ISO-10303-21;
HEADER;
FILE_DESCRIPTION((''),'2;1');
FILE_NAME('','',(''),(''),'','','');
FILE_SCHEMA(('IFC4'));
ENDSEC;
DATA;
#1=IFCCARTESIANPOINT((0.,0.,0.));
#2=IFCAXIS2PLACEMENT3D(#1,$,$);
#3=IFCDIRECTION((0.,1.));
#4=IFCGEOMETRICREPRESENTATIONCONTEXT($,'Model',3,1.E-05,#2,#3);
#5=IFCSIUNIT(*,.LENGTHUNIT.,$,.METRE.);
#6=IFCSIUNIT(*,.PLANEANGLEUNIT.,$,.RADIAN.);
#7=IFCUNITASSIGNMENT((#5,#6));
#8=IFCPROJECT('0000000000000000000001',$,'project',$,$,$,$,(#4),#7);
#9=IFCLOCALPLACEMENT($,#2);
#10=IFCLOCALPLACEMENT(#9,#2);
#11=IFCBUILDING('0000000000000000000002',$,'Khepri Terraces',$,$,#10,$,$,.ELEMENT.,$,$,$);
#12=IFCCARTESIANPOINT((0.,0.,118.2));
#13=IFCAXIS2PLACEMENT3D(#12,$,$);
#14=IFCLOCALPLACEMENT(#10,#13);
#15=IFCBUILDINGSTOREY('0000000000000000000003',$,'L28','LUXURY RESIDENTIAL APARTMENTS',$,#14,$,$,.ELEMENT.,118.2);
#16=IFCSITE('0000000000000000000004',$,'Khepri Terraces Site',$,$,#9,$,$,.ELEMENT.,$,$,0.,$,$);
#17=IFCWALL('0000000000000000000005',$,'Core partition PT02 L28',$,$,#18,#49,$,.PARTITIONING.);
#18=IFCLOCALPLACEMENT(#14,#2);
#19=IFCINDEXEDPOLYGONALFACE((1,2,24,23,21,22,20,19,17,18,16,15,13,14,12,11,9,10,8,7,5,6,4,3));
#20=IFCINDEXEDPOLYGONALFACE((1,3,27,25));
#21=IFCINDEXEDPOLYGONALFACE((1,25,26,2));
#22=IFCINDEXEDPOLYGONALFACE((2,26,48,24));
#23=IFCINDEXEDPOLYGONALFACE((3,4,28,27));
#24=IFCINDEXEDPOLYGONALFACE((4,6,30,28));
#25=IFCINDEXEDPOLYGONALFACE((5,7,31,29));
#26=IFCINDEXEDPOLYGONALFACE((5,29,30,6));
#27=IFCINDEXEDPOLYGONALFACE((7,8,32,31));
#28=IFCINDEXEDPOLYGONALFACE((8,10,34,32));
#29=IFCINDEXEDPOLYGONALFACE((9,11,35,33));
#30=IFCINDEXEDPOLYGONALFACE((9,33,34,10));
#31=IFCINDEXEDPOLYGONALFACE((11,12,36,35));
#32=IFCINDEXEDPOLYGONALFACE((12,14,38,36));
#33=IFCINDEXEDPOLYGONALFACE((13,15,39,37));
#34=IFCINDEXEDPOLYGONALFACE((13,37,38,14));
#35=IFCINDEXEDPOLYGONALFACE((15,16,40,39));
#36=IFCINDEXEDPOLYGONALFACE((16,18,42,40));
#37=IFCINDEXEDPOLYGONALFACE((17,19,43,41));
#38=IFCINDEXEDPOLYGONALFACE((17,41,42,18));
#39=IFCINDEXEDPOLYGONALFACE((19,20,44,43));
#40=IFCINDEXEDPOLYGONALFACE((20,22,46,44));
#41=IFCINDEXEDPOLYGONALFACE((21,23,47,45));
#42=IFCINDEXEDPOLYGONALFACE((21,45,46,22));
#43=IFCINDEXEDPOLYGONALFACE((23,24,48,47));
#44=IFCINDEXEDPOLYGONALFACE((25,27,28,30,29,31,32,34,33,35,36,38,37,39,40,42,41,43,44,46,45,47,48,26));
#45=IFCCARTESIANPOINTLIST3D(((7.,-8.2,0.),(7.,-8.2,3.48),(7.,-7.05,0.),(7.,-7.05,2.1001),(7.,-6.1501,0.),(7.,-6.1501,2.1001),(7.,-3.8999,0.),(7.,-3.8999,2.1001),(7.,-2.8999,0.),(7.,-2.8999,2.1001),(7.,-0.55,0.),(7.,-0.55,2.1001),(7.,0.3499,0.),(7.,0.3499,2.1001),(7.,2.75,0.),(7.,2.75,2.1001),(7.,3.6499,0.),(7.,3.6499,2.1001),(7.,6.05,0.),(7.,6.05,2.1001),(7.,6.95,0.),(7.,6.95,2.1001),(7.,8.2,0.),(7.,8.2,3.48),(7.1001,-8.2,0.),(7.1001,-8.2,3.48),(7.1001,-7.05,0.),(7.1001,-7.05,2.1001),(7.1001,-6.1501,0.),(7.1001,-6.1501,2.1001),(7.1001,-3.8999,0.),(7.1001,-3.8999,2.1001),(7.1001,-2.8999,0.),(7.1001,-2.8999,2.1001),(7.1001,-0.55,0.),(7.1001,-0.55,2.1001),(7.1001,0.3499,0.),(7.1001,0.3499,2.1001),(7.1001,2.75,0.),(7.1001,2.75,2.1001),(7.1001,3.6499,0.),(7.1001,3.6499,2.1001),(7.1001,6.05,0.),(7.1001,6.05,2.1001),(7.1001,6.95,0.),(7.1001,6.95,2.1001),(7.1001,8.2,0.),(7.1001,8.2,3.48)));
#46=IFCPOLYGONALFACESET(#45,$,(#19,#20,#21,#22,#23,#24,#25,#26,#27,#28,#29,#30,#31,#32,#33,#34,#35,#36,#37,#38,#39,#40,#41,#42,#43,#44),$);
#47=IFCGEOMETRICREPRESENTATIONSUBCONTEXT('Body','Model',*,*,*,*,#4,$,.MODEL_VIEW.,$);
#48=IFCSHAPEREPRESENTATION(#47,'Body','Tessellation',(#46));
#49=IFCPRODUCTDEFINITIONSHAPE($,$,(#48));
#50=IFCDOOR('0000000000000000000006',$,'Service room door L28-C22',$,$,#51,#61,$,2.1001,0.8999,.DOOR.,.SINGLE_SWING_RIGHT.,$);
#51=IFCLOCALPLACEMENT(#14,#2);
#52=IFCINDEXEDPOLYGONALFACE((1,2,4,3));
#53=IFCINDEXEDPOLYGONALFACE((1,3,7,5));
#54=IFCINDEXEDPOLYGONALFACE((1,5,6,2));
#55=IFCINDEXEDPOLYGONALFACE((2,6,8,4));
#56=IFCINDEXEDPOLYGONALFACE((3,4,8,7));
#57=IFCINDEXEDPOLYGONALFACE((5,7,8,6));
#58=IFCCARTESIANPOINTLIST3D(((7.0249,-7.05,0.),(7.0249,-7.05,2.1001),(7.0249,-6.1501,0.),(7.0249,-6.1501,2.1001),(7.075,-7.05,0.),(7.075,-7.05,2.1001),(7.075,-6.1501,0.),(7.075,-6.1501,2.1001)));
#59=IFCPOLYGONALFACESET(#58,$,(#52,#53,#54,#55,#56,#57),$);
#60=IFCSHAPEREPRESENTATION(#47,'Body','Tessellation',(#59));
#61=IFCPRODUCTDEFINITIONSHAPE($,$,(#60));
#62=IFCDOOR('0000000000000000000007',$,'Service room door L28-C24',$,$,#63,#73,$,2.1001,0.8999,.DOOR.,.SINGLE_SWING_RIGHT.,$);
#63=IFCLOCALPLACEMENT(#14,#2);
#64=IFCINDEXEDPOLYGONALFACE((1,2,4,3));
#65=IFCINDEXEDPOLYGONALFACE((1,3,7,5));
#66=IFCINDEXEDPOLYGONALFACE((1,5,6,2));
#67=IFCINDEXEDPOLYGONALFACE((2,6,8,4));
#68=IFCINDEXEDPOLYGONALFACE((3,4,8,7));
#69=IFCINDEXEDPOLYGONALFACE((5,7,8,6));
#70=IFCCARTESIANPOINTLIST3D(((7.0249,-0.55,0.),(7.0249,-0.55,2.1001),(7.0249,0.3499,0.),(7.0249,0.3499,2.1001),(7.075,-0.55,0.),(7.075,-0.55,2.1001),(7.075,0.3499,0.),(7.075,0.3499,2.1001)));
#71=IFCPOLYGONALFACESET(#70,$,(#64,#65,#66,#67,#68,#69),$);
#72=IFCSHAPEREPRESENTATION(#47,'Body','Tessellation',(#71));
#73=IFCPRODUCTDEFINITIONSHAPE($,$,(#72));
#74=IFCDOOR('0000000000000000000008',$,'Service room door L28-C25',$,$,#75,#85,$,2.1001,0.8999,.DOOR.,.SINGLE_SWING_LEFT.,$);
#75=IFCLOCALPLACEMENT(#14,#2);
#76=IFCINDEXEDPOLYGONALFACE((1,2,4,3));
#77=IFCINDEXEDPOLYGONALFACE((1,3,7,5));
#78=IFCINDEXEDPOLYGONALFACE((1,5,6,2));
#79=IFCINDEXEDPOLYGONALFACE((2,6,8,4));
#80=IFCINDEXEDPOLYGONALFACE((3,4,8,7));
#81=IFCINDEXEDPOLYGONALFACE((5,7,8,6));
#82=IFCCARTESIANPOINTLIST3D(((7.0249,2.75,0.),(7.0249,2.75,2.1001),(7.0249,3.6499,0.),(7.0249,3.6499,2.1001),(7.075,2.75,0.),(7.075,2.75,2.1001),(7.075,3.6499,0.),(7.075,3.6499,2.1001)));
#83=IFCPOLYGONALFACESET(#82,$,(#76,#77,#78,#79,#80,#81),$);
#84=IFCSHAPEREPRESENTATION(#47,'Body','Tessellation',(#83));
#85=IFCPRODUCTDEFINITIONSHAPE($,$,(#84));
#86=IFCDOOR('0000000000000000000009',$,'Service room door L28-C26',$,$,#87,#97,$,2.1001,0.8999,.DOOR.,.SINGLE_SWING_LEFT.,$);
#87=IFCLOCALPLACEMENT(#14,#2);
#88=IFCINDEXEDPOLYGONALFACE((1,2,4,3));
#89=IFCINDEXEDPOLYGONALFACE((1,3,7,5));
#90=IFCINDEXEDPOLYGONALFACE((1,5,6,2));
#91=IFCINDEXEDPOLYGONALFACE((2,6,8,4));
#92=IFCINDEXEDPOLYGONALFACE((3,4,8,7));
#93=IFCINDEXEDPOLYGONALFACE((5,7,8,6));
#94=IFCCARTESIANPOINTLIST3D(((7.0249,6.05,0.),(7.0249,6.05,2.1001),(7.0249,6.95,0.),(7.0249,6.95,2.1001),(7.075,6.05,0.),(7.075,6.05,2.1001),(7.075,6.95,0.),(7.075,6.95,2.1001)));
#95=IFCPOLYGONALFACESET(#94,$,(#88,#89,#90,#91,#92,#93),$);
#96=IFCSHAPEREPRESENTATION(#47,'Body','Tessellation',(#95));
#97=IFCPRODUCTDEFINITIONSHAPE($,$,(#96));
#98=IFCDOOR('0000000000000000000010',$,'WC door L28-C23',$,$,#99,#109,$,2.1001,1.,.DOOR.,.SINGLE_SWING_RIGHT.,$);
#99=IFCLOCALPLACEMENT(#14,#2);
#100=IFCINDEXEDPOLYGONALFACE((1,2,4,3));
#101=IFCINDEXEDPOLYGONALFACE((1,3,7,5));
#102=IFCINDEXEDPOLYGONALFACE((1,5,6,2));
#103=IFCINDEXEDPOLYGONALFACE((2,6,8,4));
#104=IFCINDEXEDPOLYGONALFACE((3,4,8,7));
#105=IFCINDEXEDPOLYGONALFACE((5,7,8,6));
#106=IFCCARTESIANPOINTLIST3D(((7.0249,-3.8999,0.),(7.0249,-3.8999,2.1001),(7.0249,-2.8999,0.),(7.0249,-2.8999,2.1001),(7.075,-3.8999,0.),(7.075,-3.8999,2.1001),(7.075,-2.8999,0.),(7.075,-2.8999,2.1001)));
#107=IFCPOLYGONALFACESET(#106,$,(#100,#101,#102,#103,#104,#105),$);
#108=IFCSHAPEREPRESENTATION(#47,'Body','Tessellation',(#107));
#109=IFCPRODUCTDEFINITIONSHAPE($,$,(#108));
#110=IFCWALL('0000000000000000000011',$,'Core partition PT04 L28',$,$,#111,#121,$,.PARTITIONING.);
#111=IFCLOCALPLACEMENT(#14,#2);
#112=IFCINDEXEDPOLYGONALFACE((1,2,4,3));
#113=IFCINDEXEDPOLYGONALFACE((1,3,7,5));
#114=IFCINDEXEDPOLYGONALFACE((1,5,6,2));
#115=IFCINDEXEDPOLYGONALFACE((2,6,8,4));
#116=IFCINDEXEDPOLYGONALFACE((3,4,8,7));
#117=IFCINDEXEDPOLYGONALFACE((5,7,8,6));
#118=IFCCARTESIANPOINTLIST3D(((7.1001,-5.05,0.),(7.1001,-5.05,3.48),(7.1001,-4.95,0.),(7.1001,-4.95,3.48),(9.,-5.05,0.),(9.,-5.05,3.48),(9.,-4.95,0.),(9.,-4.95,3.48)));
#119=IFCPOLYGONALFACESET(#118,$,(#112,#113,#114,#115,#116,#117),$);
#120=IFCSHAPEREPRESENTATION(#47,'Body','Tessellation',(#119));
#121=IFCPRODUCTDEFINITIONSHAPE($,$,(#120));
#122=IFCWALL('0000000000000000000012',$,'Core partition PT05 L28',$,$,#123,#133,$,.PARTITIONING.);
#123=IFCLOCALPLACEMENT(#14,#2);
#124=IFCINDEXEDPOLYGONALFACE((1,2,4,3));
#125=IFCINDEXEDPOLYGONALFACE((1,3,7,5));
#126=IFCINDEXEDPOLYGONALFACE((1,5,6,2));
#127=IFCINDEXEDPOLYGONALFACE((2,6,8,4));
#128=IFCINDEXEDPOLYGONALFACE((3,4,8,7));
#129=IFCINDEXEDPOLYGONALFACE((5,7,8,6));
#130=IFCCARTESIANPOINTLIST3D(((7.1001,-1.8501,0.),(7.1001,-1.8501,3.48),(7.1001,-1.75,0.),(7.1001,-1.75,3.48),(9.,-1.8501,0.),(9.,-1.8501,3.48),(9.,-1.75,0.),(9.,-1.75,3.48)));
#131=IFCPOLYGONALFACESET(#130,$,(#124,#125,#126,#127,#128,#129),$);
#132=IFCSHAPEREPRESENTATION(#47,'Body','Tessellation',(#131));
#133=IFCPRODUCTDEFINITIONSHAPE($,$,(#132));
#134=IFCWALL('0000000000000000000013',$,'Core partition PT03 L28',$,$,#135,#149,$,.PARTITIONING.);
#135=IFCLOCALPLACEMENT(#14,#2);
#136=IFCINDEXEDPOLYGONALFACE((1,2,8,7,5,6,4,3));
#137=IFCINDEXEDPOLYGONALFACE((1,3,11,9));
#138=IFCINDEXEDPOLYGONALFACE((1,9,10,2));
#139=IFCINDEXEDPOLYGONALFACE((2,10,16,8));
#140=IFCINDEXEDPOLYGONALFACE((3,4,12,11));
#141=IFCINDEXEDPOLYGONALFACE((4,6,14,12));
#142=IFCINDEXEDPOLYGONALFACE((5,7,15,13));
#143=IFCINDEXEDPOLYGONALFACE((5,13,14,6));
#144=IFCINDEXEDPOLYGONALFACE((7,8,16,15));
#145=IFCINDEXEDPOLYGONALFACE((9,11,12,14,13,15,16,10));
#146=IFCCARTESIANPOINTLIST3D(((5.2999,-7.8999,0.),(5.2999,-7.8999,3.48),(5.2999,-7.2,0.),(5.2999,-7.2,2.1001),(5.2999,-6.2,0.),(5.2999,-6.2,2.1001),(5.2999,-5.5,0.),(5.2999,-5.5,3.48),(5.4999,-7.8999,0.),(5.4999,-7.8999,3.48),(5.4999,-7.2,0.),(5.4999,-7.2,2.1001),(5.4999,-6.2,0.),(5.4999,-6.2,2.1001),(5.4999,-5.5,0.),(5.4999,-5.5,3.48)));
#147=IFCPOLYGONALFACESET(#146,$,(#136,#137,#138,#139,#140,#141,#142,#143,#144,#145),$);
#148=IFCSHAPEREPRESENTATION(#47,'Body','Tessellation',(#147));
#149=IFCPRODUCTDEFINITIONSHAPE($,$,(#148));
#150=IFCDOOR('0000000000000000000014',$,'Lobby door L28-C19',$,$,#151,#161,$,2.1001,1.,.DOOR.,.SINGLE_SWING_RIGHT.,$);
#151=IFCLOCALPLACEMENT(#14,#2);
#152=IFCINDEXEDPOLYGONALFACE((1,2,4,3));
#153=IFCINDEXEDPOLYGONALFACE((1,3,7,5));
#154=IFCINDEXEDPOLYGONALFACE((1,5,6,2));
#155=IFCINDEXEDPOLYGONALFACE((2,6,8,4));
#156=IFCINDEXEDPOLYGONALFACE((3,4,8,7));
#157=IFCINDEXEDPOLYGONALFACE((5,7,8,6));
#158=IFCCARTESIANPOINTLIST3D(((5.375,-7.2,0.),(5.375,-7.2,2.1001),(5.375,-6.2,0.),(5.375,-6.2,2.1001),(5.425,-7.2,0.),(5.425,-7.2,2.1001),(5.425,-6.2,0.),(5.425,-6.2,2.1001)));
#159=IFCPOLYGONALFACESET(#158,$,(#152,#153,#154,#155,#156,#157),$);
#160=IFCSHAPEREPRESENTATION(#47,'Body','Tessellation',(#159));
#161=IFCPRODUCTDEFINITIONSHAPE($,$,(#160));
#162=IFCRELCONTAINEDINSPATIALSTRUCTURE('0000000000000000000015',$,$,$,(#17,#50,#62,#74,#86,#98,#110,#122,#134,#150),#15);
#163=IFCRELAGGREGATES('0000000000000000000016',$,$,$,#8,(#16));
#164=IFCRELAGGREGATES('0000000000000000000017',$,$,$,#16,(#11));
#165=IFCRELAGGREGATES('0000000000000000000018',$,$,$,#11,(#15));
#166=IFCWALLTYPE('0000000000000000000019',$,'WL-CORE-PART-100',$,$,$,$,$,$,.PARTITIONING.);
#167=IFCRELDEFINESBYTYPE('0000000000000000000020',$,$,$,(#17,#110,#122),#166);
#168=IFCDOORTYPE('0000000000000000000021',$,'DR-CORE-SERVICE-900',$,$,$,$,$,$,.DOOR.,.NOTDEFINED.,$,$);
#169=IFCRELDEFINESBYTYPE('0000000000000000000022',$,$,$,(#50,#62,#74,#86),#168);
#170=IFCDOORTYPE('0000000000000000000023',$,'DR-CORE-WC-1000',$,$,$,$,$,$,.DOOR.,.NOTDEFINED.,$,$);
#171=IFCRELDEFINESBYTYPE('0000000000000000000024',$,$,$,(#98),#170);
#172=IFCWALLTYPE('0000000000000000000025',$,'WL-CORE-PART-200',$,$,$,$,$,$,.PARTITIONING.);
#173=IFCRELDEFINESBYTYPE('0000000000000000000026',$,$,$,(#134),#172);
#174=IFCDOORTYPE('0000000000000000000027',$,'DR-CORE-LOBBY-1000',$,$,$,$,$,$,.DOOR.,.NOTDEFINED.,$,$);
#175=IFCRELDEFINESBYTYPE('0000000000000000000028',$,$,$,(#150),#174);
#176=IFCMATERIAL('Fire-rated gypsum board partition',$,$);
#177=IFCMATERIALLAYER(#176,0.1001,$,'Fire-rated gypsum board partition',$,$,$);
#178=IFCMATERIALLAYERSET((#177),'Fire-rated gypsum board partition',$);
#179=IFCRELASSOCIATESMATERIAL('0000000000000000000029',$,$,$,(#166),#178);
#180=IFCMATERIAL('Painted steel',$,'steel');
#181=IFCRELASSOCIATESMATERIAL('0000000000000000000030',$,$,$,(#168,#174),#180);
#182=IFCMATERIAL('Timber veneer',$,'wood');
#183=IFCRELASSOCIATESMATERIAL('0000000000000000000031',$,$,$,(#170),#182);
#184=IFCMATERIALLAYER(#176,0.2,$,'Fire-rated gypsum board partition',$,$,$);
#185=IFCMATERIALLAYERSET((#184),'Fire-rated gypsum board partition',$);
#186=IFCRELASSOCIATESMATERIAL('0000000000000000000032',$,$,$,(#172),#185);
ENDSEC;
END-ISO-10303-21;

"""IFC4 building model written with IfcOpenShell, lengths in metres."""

from ifc_helpers import new_model, si_unit, direction, frame, frame_2d, origin, place, context, subcontext, project, spatial, rectangle, extrude, material, layer, layer_set, type_object, element, fill, save


model = new_model("IFC4")

# Units and contexts
model_context = context("Model", 3, precision=1e-05, world=origin(), true_north=direction((0.0, 1.0)))
body_context = subcontext(model_context, "Body", "Model", "MODEL_VIEW")
ifc_project = project(units=[si_unit("LENGTHUNIT", "METRE"), si_unit("PLANEANGLEUNIT", "RADIAN")], contexts=[model_context])

# Site, building, storey
site_placement = place(None, origin())
site = spatial("IfcSite", under=ifc_project, at=site_placement, Name="Khepri Terraces Site", CompositionType="ELEMENT", RefElevation=0.0)
building_placement = place(site_placement, origin())
building = spatial("IfcBuilding", under=site, at=building_placement, Name="Khepri Terraces", CompositionType="ELEMENT")
storey_placement = place(building_placement, frame((0.0, 0.0, 118.2)))
storey = spatial("IfcBuildingStorey", under=building, at=storey_placement, Name="L28", Description="LUXURY RESIDENTIAL APARTMENTS", CompositionType="ELEMENT", Elevation=118.2)

# Shared definitions
ifc_material_1 = material(Name="Painted steel", Category="steel")

# Wall, openings, doors
ifc_material_2 = material(Name="Fire-rated gypsum board partition")
ifc_layer_1 = layer(ifc_material_2, 0.1001, Name="Fire-rated gypsum board partition")
ifc_layer_set_1 = layer_set([ifc_layer_1], Name="Fire-rated gypsum board partition")
wall_type_1 = type_object("IfcWallType", Name="WL-CORE-PART-100", PredefinedType="PARTITIONING", material=ifc_layer_set_1)
wall_1_placement = place(storey_placement, frame((7.05, -8.2, 0.0), z_axis=(0.0, 0.0, 1.0), x_axis=(0.0, 1.0, 0.0)))
wall_1 = element("IfcWall", 1, at=wall_1_placement, inside=storey, type_object=wall_type_1, Name="Core partition PT02 L28", PredefinedType="PARTITIONING", context=body_context, shape_type="SweptSolid", body=[
    extrude(rectangle(XDim=16.3999, YDim=0.1001, at=frame_2d((8.2, 0.0))), origin(), (0.0, 0.0, 1.0), 3.48),
])
opening_1_placement = place(wall_1_placement, frame((1.1499, 0.0, 0.0)))
opening_1 = element("IfcOpeningElement", 2, at=opening_1_placement, cuts=wall_1, PredefinedType="OPENING", context=body_context, shape_type="SweptSolid", body=[
    extrude(rectangle(XDim=0.8999, YDim=2.1001, at=frame_2d((0.45, 1.05))), frame((0.0, 0.0601, 0.0), z_axis=(0.0, -1.0, 0.0), x_axis=(1.0, 0.0, 0.0)), (0.0, 0.0, 1.0), 0.1201),
])
opening_2_placement = place(wall_1_placement, frame((4.3, 0.0, 0.0)))
opening_2 = element("IfcOpeningElement", 3, at=opening_2_placement, cuts=wall_1, PredefinedType="OPENING", context=body_context, shape_type="SweptSolid", body=[
    extrude(rectangle(XDim=1.0, YDim=2.1001, at=frame_2d((0.5, 1.05))), frame((0.0, 0.0601, 0.0), z_axis=(0.0, -1.0, 0.0), x_axis=(1.0, 0.0, 0.0)), (0.0, 0.0, 1.0), 0.1201),
])
opening_3_placement = place(wall_1_placement, frame((7.6499, 0.0, 0.0)))
opening_3 = element("IfcOpeningElement", 4, at=opening_3_placement, cuts=wall_1, PredefinedType="OPENING", context=body_context, shape_type="SweptSolid", body=[
    extrude(rectangle(XDim=0.8999, YDim=2.1001, at=frame_2d((0.45, 1.05))), frame((0.0, 0.0601, 0.0), z_axis=(0.0, -1.0, 0.0), x_axis=(1.0, 0.0, 0.0)), (0.0, 0.0, 1.0), 0.1201),
])
opening_4_placement = place(wall_1_placement, frame((10.95, 0.0, 0.0)))
opening_4 = element("IfcOpeningElement", 5, at=opening_4_placement, cuts=wall_1, PredefinedType="OPENING", context=body_context, shape_type="SweptSolid", body=[
    extrude(rectangle(XDim=0.8999, YDim=2.1001, at=frame_2d((0.45, 1.05))), frame((0.0, 0.0601, 0.0), z_axis=(0.0, -1.0, 0.0), x_axis=(1.0, 0.0, 0.0)), (0.0, 0.0, 1.0), 0.1201),
])
opening_5_placement = place(wall_1_placement, frame((14.25, 0.0, 0.0)))
opening_5 = element("IfcOpeningElement", 6, at=opening_5_placement, cuts=wall_1, PredefinedType="OPENING", context=body_context, shape_type="SweptSolid", body=[
    extrude(rectangle(XDim=0.8999, YDim=2.1001, at=frame_2d((0.45, 1.05))), frame((0.0, 0.0601, 0.0), z_axis=(0.0, -1.0, 0.0), x_axis=(1.0, 0.0, 0.0)), (0.0, 0.0, 1.0), 0.1201),
])
door_type_1 = type_object("IfcDoorType", Name="DR-CORE-SERVICE-900", OperationType="NOTDEFINED", PredefinedType="DOOR", material=ifc_material_1)
door_1_placement = place(opening_1_placement, frame((0.8999, 0.0, 0.0), z_axis=(0.0, 0.0, 1.0), x_axis=(-1.0, 0.0, 0.0)))
door_1 = element("IfcDoor", 7, at=door_1_placement, inside=storey, type_object=door_type_1, Name="Service room door L28-C22", OperationType="SINGLE_SWING_RIGHT", OverallHeight=2.1001, OverallWidth=0.8999, PredefinedType="DOOR", context=body_context, shape_type="SweptSolid", body=[
    extrude(rectangle(XDim=0.8999, YDim=2.1001, at=frame_2d((0.45, 1.05))), frame((0.0, 0.0249, 0.0), z_axis=(0.0, -1.0, 0.0), x_axis=(1.0, 0.0, 0.0)), (0.0, 0.0, 1.0), 0.05),
])
fill(opening_1, door_1)
door_2_placement = place(opening_3_placement, frame((0.8999, 0.0, 0.0), z_axis=(0.0, 0.0, 1.0), x_axis=(-1.0, 0.0, 0.0)))
door_2 = element("IfcDoor", 8, at=door_2_placement, inside=storey, type_object=door_type_1, Name="Service room door L28-C24", OperationType="SINGLE_SWING_RIGHT", OverallHeight=2.1001, OverallWidth=0.8999, PredefinedType="DOOR", context=body_context, shape_type="SweptSolid", body=[
    extrude(rectangle(XDim=0.8999, YDim=2.1001, at=frame_2d((0.45, 1.05))), frame((0.0, 0.0249, 0.0), z_axis=(0.0, -1.0, 0.0), x_axis=(1.0, 0.0, 0.0)), (0.0, 0.0, 1.0), 0.05),
])
fill(opening_3, door_2)
door_3_placement = place(opening_4_placement, frame((0.8999, 0.0, 0.0), z_axis=(0.0, 0.0, 1.0), x_axis=(-1.0, 0.0, 0.0)))
door_3 = element("IfcDoor", 9, at=door_3_placement, inside=storey, type_object=door_type_1, Name="Service room door L28-C25", OperationType="SINGLE_SWING_LEFT", OverallHeight=2.1001, OverallWidth=0.8999, PredefinedType="DOOR", context=body_context, shape_type="SweptSolid", body=[
    extrude(rectangle(XDim=0.8999, YDim=2.1001, at=frame_2d((0.45, 1.05))), frame((0.0, 0.0249, 0.0), z_axis=(0.0, -1.0, 0.0), x_axis=(1.0, 0.0, 0.0)), (0.0, 0.0, 1.0), 0.05),
])
fill(opening_4, door_3)
door_4_placement = place(opening_5_placement, frame((0.8999, 0.0, 0.0), z_axis=(0.0, 0.0, 1.0), x_axis=(-1.0, 0.0, 0.0)))
door_4 = element("IfcDoor", 10, at=door_4_placement, inside=storey, type_object=door_type_1, Name="Service room door L28-C26", OperationType="SINGLE_SWING_LEFT", OverallHeight=2.1001, OverallWidth=0.8999, PredefinedType="DOOR", context=body_context, shape_type="SweptSolid", body=[
    extrude(rectangle(XDim=0.8999, YDim=2.1001, at=frame_2d((0.45, 1.05))), frame((0.0, 0.0249, 0.0), z_axis=(0.0, -1.0, 0.0), x_axis=(1.0, 0.0, 0.0)), (0.0, 0.0, 1.0), 0.05),
])
fill(opening_5, door_4)
ifc_material_3 = material(Name="Timber veneer", Category="wood")
door_type_2 = type_object("IfcDoorType", Name="DR-CORE-WC-1000", OperationType="NOTDEFINED", PredefinedType="DOOR", material=ifc_material_3)
door_5_placement = place(opening_2_placement, frame((1.0, 0.0, 0.0), z_axis=(0.0, 0.0, 1.0), x_axis=(-1.0, 0.0, 0.0)))
door_5 = element("IfcDoor", 11, at=door_5_placement, inside=storey, type_object=door_type_2, Name="WC door L28-C23", OperationType="SINGLE_SWING_RIGHT", OverallHeight=2.1001, OverallWidth=1.0, PredefinedType="DOOR", context=body_context, shape_type="SweptSolid", body=[
    extrude(rectangle(XDim=1.0, YDim=2.1001, at=frame_2d((0.5, 1.05))), frame((0.0, 0.0249, 0.0), z_axis=(0.0, -1.0, 0.0), x_axis=(1.0, 0.0, 0.0)), (0.0, 0.0, 1.0), 0.05),
])
fill(opening_2, door_5)

# Walls
for number, where, z_axis, x_axis, name in (
    (12, (7.1001, -5.0, 0.0), (0.0, 0.0, 1.0), (1.0, 0.0, 0.0), "Core partition PT04 L28"),
    (13, (7.1001, -1.8, 0.0), (0.0, 0.0, 1.0), (1.0, 0.0, 0.0), "Core partition PT05 L28"),
):
    element("IfcWall", number, at=place(storey_placement, frame(where, z_axis=z_axis, x_axis=x_axis)), inside=storey, type_object=wall_type_1, Name=name, PredefinedType="PARTITIONING", context=body_context, shape_type="SweptSolid", body=[
        extrude(rectangle(XDim=1.8999, YDim=0.1001, at=frame_2d((0.95, 0.0))), origin(), (0.0, 0.0, 1.0), 3.48),
    ])

# Wall, opening, door
ifc_layer_2 = layer(ifc_material_2, 0.2, Name="Fire-rated gypsum board partition")
ifc_layer_set_2 = layer_set([ifc_layer_2], Name="Fire-rated gypsum board partition")
wall_type_2 = type_object("IfcWallType", Name="WL-CORE-PART-200", PredefinedType="PARTITIONING", material=ifc_layer_set_2)
wall_2_placement = place(storey_placement, frame((5.3999, -7.8999, 0.0), z_axis=(0.0, 0.0, 1.0), x_axis=(0.0, 1.0, 0.0)))
wall_2 = element("IfcWall", 14, at=wall_2_placement, inside=storey, type_object=wall_type_2, Name="Core partition PT03 L28", PredefinedType="PARTITIONING", context=body_context, shape_type="SweptSolid", body=[
    extrude(rectangle(XDim=2.3999, YDim=0.2, at=frame_2d((1.2, 0.0))), origin(), (0.0, 0.0, 1.0), 3.48),
])
opening_6_placement = place(wall_2_placement, frame((0.7, 0.0, 0.0)))
opening_6 = element("IfcOpeningElement", 15, at=opening_6_placement, cuts=wall_2, PredefinedType="OPENING", context=body_context, shape_type="SweptSolid", body=[
    extrude(rectangle(XDim=1.0, YDim=2.1001, at=frame_2d((0.5, 1.05))), frame((0.0, 0.1099, 0.0), z_axis=(0.0, -1.0, 0.0), x_axis=(1.0, 0.0, 0.0)), (0.0, 0.0, 1.0), 0.22),
])
door_type_3 = type_object("IfcDoorType", Name="DR-CORE-LOBBY-1000", OperationType="NOTDEFINED", PredefinedType="DOOR", material=ifc_material_1)
door_6_placement = place(opening_6_placement, origin())
door_6 = element("IfcDoor", 16, at=door_6_placement, inside=storey, type_object=door_type_3, Name="Lobby door L28-C19", OperationType="SINGLE_SWING_RIGHT", OverallHeight=2.1001, OverallWidth=1.0, PredefinedType="DOOR", context=body_context, shape_type="SweptSolid", body=[
    extrude(rectangle(XDim=1.0, YDim=2.1001, at=frame_2d((0.5, 1.05))), frame((0.0, 0.0249, 0.0), z_axis=(0.0, -1.0, 0.0), x_axis=(1.0, 0.0, 0.0)), (0.0, 0.0, 1.0), 0.05),
])
fill(opening_6, door_6)

save(model, "model.ifc")
